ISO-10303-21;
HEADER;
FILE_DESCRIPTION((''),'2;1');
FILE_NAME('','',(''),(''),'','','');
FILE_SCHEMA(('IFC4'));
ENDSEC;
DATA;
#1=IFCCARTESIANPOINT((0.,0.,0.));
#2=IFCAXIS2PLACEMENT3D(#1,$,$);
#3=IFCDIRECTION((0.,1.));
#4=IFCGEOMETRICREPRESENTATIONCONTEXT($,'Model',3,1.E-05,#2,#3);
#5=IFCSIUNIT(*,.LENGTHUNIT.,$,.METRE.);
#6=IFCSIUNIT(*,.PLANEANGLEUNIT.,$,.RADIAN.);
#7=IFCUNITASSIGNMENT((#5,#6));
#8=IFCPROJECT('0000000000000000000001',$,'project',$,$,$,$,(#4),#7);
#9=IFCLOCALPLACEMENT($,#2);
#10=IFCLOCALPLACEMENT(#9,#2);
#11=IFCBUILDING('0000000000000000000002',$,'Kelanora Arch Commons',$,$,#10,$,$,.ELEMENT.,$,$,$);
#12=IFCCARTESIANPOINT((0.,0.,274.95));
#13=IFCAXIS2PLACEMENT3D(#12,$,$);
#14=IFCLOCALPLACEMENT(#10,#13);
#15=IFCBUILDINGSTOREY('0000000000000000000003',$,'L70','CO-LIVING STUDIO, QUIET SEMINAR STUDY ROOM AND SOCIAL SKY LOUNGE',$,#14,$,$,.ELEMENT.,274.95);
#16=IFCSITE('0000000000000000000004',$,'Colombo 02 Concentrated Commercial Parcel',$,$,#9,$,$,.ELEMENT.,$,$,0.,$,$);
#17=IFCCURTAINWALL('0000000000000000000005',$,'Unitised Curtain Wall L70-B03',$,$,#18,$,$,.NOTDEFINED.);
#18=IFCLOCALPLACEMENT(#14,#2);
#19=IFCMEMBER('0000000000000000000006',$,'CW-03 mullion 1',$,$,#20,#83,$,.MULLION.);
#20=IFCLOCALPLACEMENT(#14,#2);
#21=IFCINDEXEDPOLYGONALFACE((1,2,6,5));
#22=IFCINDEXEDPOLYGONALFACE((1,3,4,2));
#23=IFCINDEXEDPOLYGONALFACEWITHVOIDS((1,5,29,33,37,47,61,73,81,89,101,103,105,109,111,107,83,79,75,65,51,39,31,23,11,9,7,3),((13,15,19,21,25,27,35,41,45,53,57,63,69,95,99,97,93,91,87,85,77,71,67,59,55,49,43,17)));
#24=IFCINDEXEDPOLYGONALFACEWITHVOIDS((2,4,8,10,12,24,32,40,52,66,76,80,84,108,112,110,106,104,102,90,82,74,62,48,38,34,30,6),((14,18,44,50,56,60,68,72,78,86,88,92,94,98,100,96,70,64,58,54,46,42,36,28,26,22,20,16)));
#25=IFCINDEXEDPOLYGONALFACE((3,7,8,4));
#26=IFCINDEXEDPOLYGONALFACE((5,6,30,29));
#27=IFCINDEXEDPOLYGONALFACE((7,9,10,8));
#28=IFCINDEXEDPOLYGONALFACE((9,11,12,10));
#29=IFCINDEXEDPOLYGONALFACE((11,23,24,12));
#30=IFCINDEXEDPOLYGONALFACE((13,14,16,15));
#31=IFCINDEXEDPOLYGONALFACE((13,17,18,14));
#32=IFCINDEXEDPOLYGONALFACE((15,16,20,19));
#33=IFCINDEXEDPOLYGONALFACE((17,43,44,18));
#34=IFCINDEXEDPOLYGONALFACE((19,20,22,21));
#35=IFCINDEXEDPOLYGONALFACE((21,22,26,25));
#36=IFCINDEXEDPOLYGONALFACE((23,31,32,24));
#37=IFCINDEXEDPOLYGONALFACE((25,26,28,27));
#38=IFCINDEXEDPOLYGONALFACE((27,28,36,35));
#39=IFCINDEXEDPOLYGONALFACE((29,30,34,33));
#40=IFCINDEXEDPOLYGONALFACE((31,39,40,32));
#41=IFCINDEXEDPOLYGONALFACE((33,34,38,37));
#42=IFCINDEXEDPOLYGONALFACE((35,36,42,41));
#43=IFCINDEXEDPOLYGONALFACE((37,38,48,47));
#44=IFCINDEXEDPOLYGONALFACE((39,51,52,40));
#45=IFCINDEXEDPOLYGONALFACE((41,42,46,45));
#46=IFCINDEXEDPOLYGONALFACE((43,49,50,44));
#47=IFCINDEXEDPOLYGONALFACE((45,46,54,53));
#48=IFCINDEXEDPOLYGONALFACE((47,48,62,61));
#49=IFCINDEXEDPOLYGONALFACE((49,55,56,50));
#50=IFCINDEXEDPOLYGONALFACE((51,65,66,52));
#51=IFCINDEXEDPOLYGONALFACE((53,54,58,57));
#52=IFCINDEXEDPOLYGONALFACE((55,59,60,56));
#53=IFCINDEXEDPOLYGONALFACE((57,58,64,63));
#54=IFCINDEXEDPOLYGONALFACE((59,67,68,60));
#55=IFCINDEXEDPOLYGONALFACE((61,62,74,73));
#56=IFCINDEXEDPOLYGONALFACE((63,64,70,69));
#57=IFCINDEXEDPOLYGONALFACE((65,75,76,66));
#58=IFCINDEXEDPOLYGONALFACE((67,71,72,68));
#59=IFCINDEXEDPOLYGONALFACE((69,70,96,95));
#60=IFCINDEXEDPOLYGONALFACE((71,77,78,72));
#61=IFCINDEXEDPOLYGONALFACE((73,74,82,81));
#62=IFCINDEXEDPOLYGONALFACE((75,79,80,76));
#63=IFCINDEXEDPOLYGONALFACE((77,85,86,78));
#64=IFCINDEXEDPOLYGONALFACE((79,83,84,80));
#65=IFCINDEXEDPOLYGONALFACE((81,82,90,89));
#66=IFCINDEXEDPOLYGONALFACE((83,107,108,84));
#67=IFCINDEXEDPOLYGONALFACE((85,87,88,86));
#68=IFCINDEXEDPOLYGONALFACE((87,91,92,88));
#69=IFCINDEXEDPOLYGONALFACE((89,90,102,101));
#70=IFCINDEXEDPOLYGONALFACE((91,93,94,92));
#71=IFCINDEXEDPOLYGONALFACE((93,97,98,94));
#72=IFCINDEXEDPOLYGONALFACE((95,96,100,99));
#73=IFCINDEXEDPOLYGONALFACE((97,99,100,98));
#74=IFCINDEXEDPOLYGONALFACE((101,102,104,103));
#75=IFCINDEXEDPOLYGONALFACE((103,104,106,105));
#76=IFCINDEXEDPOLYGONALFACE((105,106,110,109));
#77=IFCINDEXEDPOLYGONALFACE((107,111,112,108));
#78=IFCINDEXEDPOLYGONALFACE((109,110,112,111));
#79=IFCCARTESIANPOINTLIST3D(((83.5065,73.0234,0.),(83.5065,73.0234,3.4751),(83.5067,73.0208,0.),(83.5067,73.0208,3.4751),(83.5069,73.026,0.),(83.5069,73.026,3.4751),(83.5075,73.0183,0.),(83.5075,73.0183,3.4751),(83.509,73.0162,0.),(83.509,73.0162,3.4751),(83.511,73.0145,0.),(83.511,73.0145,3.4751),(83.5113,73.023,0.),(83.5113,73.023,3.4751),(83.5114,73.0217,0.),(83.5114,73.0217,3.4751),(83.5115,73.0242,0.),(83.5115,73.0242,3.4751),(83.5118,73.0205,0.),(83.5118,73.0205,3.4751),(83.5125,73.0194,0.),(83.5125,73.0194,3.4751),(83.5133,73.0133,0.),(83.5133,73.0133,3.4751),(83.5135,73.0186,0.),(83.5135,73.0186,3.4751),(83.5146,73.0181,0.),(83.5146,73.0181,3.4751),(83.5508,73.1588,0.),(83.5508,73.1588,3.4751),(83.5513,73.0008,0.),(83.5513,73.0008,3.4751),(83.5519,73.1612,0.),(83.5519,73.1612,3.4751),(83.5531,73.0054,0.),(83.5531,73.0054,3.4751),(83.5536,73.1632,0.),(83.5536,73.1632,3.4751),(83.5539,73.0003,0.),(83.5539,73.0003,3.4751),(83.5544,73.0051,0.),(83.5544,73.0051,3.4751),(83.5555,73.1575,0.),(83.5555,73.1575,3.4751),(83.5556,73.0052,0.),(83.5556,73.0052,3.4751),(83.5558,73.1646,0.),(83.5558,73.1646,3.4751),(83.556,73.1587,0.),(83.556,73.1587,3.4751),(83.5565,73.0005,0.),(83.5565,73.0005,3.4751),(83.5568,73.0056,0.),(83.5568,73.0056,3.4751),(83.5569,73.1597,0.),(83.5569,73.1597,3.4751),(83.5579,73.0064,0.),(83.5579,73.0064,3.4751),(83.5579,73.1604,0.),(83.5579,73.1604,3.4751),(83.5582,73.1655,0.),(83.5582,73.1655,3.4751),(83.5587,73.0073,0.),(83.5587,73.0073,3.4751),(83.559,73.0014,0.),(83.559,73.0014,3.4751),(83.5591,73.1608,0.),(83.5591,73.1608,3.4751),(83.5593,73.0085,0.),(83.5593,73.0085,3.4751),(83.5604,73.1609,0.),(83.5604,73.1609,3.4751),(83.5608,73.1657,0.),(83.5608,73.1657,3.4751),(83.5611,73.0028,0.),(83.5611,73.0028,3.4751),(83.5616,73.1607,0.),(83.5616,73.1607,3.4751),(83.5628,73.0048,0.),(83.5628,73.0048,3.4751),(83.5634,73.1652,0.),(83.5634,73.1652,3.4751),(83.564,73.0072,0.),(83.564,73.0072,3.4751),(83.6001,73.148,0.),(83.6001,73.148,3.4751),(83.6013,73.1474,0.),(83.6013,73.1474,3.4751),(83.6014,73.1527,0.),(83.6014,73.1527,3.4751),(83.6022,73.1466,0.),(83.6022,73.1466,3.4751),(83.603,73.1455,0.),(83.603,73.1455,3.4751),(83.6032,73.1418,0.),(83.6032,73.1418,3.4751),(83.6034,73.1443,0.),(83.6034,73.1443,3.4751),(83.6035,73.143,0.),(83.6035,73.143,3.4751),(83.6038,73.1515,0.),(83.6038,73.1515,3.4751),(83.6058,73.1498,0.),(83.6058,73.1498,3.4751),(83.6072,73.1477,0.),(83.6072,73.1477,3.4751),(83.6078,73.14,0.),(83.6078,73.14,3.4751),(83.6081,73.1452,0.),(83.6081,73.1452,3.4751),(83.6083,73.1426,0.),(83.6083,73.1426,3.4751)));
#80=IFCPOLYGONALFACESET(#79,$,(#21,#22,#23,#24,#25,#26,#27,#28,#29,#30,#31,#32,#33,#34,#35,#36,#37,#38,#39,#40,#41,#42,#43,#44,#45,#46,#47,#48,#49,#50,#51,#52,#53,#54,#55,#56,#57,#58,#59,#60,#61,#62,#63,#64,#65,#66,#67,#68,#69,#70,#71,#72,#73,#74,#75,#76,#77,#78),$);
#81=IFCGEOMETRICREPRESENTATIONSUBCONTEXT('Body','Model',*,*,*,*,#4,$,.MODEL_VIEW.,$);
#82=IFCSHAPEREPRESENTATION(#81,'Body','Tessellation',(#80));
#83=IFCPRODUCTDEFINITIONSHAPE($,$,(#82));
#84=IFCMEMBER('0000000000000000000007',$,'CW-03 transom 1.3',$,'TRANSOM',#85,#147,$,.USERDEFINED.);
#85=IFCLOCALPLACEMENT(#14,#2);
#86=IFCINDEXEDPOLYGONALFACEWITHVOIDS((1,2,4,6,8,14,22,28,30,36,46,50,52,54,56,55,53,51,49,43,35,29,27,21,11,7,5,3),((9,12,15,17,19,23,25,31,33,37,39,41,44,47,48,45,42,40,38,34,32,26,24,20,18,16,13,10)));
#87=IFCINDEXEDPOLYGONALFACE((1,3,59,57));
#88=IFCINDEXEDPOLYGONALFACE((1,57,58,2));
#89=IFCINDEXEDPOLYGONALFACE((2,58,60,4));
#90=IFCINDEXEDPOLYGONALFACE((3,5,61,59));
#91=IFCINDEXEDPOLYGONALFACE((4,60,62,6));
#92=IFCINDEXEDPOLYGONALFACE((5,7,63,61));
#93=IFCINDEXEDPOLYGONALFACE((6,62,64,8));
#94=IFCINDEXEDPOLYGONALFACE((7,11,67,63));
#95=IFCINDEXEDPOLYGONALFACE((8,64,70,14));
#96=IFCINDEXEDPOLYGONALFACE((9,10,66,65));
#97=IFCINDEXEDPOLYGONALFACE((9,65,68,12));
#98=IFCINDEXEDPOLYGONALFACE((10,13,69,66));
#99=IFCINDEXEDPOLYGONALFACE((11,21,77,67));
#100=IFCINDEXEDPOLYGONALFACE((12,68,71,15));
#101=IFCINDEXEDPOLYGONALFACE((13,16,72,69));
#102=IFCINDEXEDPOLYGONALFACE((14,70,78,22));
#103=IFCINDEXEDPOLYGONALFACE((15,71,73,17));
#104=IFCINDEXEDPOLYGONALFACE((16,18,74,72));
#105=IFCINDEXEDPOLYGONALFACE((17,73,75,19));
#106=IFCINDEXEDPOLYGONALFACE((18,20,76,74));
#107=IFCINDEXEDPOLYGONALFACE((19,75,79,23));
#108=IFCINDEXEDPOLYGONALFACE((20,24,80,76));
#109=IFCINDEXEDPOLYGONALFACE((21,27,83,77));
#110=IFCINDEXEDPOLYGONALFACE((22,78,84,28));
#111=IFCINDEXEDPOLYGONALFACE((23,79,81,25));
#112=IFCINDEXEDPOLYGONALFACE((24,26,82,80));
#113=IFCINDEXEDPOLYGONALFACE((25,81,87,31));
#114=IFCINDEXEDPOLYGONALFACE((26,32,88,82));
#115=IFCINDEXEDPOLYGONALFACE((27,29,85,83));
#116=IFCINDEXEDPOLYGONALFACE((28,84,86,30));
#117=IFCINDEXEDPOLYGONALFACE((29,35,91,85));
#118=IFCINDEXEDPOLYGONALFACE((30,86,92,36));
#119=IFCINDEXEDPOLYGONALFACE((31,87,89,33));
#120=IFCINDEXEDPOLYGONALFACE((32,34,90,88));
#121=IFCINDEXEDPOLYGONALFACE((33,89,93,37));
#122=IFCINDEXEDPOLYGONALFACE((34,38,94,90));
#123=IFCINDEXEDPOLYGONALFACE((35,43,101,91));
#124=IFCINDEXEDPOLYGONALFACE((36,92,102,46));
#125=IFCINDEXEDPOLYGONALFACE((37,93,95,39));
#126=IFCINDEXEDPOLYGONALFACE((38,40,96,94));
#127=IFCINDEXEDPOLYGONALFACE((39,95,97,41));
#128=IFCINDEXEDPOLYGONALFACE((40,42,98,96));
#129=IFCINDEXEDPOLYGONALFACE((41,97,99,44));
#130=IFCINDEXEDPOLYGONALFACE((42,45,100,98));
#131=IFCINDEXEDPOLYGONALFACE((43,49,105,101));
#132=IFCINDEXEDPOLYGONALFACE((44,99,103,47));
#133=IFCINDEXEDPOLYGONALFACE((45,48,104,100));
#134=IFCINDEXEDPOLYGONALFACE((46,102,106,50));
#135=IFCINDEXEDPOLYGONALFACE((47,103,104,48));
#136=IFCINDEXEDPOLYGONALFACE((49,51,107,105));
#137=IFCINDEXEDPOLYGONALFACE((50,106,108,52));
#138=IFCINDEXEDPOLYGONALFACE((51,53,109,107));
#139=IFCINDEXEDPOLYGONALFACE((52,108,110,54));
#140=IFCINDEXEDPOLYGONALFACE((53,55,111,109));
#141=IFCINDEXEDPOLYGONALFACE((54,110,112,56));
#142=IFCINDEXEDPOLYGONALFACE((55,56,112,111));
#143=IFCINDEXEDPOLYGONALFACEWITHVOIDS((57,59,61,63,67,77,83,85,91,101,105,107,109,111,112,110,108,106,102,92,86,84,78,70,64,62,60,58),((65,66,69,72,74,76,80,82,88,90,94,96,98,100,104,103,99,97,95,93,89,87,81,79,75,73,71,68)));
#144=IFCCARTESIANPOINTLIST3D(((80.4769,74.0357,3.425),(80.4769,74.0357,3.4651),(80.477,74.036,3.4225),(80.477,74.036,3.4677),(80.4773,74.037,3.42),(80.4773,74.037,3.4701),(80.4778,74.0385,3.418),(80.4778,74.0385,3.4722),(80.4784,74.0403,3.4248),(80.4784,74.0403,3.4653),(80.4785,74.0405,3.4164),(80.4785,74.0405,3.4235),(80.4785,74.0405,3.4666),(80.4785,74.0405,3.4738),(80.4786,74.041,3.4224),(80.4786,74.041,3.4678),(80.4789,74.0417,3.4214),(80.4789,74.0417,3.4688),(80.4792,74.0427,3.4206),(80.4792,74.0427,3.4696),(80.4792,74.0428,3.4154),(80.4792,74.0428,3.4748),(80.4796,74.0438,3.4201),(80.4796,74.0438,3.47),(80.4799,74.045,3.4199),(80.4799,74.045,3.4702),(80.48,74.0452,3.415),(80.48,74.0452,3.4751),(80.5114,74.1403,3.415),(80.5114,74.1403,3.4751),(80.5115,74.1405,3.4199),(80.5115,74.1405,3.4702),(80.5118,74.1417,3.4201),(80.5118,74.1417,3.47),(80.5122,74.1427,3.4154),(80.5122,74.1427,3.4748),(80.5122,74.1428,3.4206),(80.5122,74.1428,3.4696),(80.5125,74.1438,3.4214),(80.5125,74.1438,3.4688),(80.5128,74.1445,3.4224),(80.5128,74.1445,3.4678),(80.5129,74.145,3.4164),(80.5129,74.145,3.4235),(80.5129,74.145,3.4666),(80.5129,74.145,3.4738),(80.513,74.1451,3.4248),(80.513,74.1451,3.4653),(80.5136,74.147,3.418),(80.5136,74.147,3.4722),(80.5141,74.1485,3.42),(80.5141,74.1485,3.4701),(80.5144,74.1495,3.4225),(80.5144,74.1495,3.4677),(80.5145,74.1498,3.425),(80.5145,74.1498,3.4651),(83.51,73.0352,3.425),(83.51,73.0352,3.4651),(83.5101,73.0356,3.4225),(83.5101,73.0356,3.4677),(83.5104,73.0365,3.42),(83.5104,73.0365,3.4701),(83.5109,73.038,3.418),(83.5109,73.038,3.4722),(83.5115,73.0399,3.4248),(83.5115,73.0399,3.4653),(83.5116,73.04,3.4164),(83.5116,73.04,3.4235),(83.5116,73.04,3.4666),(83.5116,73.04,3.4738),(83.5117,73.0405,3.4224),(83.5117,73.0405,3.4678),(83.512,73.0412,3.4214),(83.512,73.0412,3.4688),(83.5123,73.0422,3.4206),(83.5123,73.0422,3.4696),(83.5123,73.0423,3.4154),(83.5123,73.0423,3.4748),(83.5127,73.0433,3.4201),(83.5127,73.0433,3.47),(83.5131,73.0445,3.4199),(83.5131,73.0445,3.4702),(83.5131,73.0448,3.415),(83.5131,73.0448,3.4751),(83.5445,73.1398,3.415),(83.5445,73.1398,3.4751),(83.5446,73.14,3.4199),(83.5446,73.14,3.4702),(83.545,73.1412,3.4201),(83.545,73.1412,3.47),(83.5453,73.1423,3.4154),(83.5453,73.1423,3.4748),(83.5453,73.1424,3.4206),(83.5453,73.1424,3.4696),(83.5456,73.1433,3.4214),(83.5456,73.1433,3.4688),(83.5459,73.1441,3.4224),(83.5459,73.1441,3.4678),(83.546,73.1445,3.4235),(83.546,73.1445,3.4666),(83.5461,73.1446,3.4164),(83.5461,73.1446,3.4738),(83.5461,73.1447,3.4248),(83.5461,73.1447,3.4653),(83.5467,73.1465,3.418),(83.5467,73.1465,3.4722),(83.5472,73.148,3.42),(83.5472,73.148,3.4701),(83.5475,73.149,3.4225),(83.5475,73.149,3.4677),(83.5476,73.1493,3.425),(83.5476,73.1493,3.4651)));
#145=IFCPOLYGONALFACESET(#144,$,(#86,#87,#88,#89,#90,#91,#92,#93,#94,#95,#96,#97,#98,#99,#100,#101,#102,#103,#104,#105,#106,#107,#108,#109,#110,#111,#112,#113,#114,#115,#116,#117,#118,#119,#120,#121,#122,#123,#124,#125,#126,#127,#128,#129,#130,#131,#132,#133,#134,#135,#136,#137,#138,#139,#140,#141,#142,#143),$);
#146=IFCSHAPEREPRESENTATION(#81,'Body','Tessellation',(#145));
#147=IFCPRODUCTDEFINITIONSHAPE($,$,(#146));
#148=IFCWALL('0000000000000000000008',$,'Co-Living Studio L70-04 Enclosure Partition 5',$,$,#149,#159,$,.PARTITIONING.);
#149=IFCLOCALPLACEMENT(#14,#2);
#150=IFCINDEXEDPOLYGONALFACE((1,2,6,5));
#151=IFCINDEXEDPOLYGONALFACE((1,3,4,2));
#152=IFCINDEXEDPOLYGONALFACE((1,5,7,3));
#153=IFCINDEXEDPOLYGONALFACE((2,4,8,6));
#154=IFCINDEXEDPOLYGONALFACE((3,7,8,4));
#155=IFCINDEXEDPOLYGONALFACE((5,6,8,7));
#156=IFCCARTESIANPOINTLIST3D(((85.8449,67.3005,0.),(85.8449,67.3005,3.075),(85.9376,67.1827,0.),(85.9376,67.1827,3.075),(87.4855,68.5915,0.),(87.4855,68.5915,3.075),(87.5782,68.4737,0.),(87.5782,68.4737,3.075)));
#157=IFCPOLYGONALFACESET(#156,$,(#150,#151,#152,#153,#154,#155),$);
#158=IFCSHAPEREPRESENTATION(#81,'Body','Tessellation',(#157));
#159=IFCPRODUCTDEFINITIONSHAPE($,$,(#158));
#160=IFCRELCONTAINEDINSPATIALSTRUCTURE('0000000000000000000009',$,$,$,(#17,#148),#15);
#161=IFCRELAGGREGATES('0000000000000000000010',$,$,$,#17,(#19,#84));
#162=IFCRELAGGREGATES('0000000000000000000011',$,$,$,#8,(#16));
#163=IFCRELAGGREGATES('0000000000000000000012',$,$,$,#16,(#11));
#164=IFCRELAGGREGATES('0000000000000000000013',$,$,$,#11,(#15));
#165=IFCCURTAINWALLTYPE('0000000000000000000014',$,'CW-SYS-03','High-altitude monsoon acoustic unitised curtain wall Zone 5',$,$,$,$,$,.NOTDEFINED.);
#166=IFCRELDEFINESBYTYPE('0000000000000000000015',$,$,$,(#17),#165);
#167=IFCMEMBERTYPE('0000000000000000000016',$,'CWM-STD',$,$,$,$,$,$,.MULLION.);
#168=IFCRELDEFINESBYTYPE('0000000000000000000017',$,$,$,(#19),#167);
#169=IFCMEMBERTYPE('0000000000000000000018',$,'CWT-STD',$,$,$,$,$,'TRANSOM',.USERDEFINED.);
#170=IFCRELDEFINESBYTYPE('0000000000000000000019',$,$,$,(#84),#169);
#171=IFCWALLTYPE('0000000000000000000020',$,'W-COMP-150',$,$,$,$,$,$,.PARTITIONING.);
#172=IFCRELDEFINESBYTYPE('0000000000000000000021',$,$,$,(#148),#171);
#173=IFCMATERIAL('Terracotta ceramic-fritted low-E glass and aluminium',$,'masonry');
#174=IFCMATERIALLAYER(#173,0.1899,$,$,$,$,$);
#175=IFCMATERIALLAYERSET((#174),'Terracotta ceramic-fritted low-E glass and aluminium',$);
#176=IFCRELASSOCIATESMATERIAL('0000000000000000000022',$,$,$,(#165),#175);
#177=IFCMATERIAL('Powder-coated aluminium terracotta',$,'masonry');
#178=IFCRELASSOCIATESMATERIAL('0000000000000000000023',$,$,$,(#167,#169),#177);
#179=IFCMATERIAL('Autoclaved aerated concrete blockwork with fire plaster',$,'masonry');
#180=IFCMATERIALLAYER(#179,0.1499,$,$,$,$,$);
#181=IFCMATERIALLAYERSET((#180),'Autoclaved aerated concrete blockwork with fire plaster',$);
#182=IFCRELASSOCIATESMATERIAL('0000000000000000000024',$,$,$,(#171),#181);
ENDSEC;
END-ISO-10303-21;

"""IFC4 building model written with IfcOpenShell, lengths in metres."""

from ifc_helpers import new_model, si_unit, direction, frame, frame_2d, origin, origin_2d, place, context, subcontext, project, spatial, rectangle, hollow_rectangle, extrude, material, layer, layer_set, material_profile, profile_set, type_object, element, aggregate, save


model = new_model("IFC4")

# Units and contexts
model_context = context("Model", 3, precision=1e-05, world=origin(), true_north=direction((0.0, 1.0)))
body_context = subcontext(model_context, "Body", "Model", "MODEL_VIEW")
ifc_project = project(units=[si_unit("LENGTHUNIT", "METRE"), si_unit("PLANEANGLEUNIT", "RADIAN")], contexts=[model_context])

# Site, building, storey
site_placement = place(None, origin())
site = spatial("IfcSite", under=ifc_project, at=site_placement, Name="Colombo 02 Concentrated Commercial Parcel", CompositionType="ELEMENT", RefElevation=0.0)
building_placement = place(site_placement, origin())
building = spatial("IfcBuilding", under=site, at=building_placement, Name="Kelanora Arch Commons", CompositionType="ELEMENT")
storey_placement = place(building_placement, frame((0.0, 0.0, 274.95)))
storey = spatial("IfcBuildingStorey", under=building, at=storey_placement, Name="L70", Description="CO-LIVING STUDIO, QUIET SEMINAR STUDY ROOM AND SOCIAL SKY LOUNGE", CompositionType="ELEMENT", Elevation=274.95)

# Shared definitions
ifc_material_1 = material(Name="Terracotta ceramic-fritted low-E glass and aluminium", Category="masonry")
ifc_layer_1 = layer(ifc_material_1, 0.1899)
ifc_layer_set_1 = layer_set([ifc_layer_1], Name="Terracotta ceramic-fritted low-E glass and aluminium")
curtain_wall_type = type_object("IfcCurtainWallType", Name="CW-SYS-03", Description="High-altitude monsoon acoustic unitised curtain wall Zone 5", PredefinedType="NOTDEFINED", material=ifc_layer_set_1)
ifc_material_2 = material(Name="Powder-coated aluminium terracotta", Category="masonry")
ifc_material_profile_1 = material_profile(ifc_material_2, hollow_rectangle(XDim=0.1599, YDim=0.0601, WallThickness=0.0049, InnerFilletRadius=0.0049, OuterFilletRadius=0.01, at=origin_2d()), Name="CWM160x60")
ifc_profile_set_1 = profile_set([ifc_material_profile_1], Name="Powder-coated aluminium terracotta")
member_type_1 = type_object("IfcMemberType", Name="CWM-STD", PredefinedType="MULLION", material=ifc_profile_set_1)

# Curtain wall, members
curtain_wall_1_placement = place(storey_placement, origin())
curtain_wall_1 = element("IfcCurtainWall", 1, at=curtain_wall_1_placement, inside=storey, type_object=curtain_wall_type, Name="Unitised Curtain Wall L70-B03", PredefinedType="NOTDEFINED")
member_1_placement = place(storey_placement, frame((83.5574, 73.083, 0.0), z_axis=(0.0, 0.0, 1.0), x_axis=(-0.313253, -0.94967, 0.0)))
member_1 = element("IfcMember", 2, at=member_1_placement, type_object=member_type_1, Name="CW-03 mullion 1", PredefinedType="MULLION", context=body_context, shape_type="SweptSolid", body=[
    extrude(hollow_rectangle(XDim=0.1599, YDim=0.0601, WallThickness=0.0049, InnerFilletRadius=0.0049, OuterFilletRadius=0.01, at=origin_2d()), origin(), (0.0, 0.0, 1.0), 3.4751),
])
ifc_material_profile_2 = material_profile(ifc_material_2, hollow_rectangle(XDim=0.1201, YDim=0.0601, WallThickness=0.0049, InnerFilletRadius=0.0049, OuterFilletRadius=0.01, at=origin_2d()), Name="CWT120x60")
ifc_profile_set_2 = profile_set([ifc_material_profile_2], Name="Powder-coated aluminium terracotta")
member_type_2 = type_object("IfcMemberType", Name="CWT-STD", ElementType="TRANSOM", PredefinedType="USERDEFINED", material=ifc_profile_set_2)
member_2_placement = place(storey_placement, frame((83.5288, 73.0923, 3.4451), z_axis=(-0.949672, 0.313245, 0.0), x_axis=(-0.313245, -0.949672, 0.0)))
member_2 = element("IfcMember", 3, at=member_2_placement, type_object=member_type_2, Name="CW-03 transom 1.3", ObjectType="TRANSOM", PredefinedType="USERDEFINED", context=body_context, shape_type="SweptSolid", body=[
    extrude(hollow_rectangle(XDim=0.1201, YDim=0.0601, WallThickness=0.0049, InnerFilletRadius=0.0049, OuterFilletRadius=0.01, at=origin_2d()), origin(), (0.0, 0.0, 1.0), 3.1938),
])
aggregate(curtain_wall_1, [member_1, member_2])

# Wall
ifc_material_3 = material(Name="Autoclaved aerated concrete blockwork with fire plaster", Category="masonry")
ifc_layer_2 = layer(ifc_material_3, 0.1499)
ifc_layer_set_2 = layer_set([ifc_layer_2], Name="Autoclaved aerated concrete blockwork with fire plaster")
wall_type_1 = type_object("IfcWallType", Name="W-COMP-150", PredefinedType="PARTITIONING", material=ifc_layer_set_2)
wall_1_placement = place(storey_placement, frame((87.532, 68.5327, 0.0), z_axis=(0.0, 0.0, 1.0), x_axis=(-0.785864, -0.6184, 0.0)))
element("IfcWall", 4, at=wall_1_placement, inside=storey, type_object=wall_type_1, Name="Co-Living Studio L70-04 Enclosure Partition 5", PredefinedType="PARTITIONING", context=body_context, shape_type="SweptSolid", body=[
    extrude(rectangle(XDim=2.0876, YDim=0.1499, at=frame_2d((1.0439, 0.0))), origin(), (0.0, 0.0, 1.0), 3.075),
])

save(model, "model.ifc")
